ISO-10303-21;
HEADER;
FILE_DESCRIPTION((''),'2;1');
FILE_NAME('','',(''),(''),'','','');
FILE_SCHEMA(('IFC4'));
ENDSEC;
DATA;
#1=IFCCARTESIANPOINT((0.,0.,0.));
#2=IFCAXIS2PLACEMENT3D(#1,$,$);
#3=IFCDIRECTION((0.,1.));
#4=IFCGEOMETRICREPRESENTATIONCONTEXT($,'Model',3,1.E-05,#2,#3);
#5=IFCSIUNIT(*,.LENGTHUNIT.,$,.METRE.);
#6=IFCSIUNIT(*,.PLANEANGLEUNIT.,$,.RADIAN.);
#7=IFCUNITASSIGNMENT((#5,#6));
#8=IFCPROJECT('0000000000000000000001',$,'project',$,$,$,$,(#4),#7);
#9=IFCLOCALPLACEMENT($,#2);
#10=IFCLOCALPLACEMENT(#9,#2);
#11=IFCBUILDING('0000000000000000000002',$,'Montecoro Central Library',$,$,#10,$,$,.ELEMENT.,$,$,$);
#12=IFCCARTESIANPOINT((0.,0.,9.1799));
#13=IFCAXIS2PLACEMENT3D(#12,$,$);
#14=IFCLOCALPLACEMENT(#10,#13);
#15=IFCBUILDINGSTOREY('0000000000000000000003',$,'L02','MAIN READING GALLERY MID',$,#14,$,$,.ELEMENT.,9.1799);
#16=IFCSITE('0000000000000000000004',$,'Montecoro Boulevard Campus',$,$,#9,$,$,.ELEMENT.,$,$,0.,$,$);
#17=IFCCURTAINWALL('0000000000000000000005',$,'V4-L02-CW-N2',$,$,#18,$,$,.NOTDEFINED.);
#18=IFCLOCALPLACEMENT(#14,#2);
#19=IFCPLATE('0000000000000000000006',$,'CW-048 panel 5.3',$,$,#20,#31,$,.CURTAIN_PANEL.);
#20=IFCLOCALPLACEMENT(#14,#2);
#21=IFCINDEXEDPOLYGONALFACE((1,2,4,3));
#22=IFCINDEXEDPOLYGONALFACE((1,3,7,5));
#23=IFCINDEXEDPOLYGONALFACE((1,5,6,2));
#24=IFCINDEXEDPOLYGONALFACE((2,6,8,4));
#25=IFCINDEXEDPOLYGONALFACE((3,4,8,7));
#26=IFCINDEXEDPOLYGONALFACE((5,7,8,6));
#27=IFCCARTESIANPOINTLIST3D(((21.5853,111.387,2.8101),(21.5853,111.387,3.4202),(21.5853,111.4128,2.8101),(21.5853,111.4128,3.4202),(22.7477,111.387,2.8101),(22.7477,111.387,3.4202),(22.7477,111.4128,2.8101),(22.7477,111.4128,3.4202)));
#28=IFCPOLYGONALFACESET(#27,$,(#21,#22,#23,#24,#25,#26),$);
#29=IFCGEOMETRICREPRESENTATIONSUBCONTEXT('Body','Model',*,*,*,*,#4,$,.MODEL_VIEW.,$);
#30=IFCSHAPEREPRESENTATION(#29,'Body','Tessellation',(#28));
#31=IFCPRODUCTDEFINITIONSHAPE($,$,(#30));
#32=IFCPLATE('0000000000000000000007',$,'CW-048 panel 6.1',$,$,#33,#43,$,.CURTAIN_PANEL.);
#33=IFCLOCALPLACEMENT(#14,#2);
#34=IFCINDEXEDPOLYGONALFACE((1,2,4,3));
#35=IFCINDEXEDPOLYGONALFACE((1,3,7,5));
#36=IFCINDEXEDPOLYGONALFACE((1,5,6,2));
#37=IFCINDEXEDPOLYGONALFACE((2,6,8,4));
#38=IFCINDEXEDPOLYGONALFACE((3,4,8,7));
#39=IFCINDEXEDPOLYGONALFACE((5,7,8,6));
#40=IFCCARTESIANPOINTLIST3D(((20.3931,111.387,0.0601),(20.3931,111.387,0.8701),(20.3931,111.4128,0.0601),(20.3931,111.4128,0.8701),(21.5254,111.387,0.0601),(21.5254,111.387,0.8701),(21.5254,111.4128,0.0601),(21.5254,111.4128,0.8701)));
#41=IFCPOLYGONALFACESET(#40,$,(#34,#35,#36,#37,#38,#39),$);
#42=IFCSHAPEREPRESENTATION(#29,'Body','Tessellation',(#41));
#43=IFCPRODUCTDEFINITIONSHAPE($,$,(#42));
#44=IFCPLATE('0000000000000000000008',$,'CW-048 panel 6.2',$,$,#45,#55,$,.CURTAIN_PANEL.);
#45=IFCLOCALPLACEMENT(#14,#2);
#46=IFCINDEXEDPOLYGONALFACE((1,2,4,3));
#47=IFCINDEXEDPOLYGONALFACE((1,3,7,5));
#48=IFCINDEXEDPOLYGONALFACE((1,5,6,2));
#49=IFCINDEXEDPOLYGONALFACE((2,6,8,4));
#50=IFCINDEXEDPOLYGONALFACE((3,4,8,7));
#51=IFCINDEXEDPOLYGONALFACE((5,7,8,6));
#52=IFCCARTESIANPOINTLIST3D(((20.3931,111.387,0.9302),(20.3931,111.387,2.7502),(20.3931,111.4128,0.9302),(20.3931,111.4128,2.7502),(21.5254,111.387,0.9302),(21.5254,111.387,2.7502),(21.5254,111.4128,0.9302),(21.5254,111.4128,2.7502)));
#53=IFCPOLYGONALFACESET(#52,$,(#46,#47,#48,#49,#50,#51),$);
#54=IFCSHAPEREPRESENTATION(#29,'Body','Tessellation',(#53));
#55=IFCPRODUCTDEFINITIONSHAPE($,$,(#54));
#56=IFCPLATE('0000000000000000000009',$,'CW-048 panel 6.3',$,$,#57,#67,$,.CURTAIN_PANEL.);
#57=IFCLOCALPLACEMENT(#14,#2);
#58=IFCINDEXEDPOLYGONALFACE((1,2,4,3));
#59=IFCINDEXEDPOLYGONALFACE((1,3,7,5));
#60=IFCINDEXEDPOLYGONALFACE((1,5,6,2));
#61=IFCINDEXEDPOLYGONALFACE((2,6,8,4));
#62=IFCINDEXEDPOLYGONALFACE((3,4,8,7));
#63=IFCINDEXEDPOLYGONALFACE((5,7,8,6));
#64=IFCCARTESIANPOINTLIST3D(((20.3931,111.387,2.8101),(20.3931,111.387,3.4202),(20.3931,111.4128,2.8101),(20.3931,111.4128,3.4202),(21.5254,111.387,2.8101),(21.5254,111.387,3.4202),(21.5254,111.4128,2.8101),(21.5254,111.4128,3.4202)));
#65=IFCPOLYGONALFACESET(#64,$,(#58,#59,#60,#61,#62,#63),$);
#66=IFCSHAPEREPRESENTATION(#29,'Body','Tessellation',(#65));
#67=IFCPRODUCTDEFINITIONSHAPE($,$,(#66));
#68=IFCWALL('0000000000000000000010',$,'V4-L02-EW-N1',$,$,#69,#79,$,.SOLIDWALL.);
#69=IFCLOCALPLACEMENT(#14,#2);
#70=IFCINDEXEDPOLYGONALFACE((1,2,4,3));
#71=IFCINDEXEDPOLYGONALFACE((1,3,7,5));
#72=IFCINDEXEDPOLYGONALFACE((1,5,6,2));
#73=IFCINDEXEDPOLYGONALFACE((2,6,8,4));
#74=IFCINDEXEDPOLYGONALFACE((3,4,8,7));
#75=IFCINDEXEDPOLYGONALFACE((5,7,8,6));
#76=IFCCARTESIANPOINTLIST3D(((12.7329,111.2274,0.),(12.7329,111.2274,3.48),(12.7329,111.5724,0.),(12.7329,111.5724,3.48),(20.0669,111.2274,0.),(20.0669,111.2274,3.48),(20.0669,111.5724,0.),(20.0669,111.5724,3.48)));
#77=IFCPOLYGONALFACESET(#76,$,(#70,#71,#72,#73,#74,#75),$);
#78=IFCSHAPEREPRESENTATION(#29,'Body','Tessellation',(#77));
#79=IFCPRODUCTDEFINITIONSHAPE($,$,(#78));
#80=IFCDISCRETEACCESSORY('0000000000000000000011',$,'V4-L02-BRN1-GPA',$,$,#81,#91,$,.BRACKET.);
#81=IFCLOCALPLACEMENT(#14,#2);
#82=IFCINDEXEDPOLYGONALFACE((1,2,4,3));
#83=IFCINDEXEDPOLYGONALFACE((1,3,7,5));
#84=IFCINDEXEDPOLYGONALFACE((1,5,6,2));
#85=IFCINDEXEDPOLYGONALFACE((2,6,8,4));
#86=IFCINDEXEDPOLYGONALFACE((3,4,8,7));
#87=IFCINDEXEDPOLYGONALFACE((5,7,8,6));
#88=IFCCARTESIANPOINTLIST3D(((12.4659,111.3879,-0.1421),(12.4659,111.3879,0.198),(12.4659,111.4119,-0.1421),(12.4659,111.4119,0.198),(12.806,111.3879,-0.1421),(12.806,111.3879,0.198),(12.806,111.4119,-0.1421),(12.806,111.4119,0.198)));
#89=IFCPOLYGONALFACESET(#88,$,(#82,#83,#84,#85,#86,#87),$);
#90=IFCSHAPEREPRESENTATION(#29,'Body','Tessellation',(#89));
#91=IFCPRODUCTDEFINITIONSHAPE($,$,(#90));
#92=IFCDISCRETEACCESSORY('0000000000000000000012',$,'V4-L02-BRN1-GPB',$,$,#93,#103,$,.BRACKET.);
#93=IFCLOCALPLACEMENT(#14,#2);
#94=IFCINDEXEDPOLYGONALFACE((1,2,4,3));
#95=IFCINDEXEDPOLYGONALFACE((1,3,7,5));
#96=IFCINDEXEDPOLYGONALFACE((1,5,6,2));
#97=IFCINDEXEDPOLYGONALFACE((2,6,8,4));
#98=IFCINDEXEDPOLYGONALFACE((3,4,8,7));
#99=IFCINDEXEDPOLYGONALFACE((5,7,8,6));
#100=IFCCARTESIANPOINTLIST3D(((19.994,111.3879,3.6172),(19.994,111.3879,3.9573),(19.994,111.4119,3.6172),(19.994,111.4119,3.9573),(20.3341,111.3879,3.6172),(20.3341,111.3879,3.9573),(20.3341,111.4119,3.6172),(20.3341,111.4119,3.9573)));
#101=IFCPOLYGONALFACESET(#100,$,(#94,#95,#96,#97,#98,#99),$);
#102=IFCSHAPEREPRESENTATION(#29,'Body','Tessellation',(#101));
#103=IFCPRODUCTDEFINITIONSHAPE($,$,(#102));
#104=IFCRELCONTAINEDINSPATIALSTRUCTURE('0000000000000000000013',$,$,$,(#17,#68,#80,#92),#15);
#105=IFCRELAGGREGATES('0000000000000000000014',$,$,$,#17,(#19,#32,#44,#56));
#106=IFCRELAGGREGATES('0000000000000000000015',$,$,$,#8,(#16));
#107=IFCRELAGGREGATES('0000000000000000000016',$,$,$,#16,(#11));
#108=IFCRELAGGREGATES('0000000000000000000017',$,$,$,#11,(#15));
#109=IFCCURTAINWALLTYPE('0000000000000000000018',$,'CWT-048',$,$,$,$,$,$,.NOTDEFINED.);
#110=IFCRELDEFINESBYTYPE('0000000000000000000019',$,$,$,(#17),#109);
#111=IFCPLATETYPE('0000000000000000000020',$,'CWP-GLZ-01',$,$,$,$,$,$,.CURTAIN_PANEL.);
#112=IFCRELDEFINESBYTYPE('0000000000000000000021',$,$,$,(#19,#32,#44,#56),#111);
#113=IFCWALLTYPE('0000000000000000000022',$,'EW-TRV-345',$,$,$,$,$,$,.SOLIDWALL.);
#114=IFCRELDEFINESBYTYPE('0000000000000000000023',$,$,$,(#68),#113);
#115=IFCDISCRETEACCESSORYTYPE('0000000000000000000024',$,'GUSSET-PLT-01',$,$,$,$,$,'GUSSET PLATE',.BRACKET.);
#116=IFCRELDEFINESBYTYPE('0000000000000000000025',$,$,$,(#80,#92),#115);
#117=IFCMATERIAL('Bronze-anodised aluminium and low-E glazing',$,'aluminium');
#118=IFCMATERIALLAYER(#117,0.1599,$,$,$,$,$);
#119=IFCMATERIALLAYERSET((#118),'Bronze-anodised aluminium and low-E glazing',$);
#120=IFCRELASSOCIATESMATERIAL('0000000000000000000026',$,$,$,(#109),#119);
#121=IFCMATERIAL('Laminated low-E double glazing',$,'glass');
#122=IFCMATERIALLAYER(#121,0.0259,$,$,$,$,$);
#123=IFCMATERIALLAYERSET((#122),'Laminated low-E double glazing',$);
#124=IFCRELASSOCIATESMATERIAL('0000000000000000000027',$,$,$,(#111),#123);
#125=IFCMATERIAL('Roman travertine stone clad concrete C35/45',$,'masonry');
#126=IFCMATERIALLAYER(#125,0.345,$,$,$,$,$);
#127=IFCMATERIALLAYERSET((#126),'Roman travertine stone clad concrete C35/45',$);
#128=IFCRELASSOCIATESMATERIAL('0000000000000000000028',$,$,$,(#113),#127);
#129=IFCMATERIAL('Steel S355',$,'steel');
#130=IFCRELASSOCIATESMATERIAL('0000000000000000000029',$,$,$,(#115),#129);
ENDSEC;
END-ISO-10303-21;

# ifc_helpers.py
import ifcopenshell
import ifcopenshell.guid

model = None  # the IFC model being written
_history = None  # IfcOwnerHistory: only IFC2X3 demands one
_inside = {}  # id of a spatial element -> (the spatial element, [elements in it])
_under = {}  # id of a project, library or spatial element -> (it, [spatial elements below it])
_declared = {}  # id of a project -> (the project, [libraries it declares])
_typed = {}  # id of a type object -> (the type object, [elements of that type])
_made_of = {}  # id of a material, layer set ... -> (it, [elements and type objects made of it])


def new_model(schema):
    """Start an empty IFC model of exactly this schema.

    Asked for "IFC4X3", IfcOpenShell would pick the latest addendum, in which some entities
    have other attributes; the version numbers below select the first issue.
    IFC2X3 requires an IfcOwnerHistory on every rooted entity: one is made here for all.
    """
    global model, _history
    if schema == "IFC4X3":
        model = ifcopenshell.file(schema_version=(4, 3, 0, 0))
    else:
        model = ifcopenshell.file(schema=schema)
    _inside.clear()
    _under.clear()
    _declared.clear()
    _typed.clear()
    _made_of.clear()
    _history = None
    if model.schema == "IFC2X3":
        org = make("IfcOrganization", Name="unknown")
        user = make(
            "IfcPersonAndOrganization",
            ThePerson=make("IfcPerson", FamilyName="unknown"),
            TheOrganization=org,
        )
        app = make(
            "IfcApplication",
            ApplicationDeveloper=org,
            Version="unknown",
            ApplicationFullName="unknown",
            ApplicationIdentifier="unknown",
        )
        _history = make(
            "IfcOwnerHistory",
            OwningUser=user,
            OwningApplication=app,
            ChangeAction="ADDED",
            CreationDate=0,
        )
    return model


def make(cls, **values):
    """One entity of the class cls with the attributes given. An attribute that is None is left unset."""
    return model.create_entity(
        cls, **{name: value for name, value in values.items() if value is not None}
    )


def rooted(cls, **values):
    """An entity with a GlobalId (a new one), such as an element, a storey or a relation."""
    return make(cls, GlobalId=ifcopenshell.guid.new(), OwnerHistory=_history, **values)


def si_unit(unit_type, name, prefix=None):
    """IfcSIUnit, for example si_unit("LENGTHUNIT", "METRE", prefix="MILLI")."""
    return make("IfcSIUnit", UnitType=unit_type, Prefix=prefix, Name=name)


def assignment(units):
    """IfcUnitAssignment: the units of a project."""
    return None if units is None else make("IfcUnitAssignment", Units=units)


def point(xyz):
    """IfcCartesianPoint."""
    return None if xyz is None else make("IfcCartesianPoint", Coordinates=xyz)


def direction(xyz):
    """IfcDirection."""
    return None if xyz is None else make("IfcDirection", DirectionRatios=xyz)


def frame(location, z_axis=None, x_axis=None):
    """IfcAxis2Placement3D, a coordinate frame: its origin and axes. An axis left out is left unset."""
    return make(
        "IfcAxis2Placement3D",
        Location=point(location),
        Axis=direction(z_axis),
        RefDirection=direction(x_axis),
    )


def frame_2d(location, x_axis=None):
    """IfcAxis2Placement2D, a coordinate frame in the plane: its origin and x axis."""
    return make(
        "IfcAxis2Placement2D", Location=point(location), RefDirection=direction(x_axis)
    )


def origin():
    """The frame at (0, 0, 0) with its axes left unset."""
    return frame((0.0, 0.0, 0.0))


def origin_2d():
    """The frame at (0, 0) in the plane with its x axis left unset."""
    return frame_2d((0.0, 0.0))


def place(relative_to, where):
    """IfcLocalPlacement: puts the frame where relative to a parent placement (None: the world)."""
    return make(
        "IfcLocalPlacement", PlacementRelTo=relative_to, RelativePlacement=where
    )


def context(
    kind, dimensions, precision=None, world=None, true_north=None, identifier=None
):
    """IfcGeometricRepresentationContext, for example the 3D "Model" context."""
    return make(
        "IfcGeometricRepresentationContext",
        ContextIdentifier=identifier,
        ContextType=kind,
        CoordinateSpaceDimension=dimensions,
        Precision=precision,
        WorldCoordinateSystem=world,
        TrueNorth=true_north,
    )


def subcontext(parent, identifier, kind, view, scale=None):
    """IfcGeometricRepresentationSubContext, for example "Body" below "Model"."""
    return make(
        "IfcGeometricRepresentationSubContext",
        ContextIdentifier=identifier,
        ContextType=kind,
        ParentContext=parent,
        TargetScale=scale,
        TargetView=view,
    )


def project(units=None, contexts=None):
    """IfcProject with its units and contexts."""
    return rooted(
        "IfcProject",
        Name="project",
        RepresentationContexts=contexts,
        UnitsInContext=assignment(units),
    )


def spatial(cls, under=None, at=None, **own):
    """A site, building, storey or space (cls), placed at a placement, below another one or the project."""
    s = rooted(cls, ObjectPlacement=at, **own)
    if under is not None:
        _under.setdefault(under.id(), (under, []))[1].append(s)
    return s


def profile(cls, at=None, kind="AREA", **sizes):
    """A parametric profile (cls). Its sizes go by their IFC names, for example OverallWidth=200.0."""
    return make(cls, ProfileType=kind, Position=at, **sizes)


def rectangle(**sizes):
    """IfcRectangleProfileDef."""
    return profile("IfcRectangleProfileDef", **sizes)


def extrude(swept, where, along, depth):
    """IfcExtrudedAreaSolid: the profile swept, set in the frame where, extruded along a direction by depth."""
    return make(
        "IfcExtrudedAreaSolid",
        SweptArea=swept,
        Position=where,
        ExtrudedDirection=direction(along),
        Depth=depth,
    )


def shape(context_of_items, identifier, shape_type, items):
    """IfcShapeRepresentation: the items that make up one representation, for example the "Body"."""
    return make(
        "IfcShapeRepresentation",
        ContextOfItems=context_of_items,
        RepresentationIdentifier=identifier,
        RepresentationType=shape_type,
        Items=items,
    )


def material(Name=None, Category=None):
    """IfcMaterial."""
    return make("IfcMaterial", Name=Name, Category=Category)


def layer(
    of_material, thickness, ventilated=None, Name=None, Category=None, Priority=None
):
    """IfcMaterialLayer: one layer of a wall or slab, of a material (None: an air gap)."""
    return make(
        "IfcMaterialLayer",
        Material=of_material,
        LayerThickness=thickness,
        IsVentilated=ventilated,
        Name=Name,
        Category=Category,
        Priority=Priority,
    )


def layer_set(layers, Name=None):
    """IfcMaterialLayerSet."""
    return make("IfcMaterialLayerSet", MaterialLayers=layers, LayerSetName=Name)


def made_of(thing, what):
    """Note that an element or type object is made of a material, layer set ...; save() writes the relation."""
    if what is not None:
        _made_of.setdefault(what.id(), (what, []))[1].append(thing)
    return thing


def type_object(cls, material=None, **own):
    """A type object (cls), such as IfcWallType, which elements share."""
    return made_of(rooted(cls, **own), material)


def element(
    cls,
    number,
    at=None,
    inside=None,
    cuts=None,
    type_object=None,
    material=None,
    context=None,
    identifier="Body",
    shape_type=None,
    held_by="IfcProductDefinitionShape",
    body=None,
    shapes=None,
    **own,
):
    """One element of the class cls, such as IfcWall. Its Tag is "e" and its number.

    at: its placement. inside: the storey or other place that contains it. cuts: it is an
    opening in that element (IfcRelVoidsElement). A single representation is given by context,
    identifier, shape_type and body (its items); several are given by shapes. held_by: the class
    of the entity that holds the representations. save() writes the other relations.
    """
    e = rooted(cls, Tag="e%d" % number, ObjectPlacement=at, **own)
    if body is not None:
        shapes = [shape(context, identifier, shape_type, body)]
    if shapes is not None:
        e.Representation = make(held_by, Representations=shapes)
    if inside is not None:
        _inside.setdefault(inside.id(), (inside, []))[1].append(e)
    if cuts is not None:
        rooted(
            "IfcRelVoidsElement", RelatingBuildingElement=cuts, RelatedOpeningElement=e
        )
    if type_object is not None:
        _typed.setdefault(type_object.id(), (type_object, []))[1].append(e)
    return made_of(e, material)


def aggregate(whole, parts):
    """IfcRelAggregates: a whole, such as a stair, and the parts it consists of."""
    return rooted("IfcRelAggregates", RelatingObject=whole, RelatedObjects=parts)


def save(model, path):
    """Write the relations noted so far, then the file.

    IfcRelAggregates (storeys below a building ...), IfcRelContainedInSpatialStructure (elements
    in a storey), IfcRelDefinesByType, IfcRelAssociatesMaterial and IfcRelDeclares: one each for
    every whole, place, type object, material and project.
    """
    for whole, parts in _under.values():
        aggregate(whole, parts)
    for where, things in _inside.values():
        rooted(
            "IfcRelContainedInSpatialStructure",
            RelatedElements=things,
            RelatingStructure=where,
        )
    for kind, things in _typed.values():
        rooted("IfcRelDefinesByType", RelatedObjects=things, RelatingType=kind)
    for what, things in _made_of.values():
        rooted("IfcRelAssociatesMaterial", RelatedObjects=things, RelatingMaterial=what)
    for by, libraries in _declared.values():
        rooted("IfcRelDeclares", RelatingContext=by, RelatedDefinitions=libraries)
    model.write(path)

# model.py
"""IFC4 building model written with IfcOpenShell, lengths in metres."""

from ifc_helpers import new_model, si_unit, direction, frame, frame_2d, origin, origin_2d, place, context, subcontext, project, spatial, rectangle, extrude, material, layer, layer_set, type_object, element, aggregate, save


model = new_model("IFC4")

# Units and contexts
model_context = context("Model", 3, precision=1e-05, world=origin(), true_north=direction((0.0, 1.0)))
body_context = subcontext(model_context, "Body", "Model", "MODEL_VIEW")
ifc_project = project(units=[si_unit("LENGTHUNIT", "METRE"), si_unit("PLANEANGLEUNIT", "RADIAN")], contexts=[model_context])

# Site, building, storey
site_placement = place(None, origin())
site = spatial("IfcSite", under=ifc_project, at=site_placement, Name="Montecoro Boulevard Campus", CompositionType="ELEMENT", RefElevation=0.0)
building_placement = place(site_placement, origin())
building = spatial("IfcBuilding", under=site, at=building_placement, Name="Montecoro Central Library", CompositionType="ELEMENT")
storey_placement = place(building_placement, frame((0.0, 0.0, 9.1799)))
storey = spatial("IfcBuildingStorey", under=building, at=storey_placement, Name="L02", Description="MAIN READING GALLERY MID", CompositionType="ELEMENT", Elevation=9.1799)

# Shared definitions
ifc_material_1 = material(Name="Steel S355", Category="steel")

# Curtain wall
ifc_material_2 = material(Name="Bronze-anodised aluminium and low-E glazing", Category="aluminium")
ifc_layer_1 = layer(ifc_material_2, 0.1599)
ifc_layer_set_1 = layer_set([ifc_layer_1], Name="Bronze-anodised aluminium and low-E glazing")
curtain_wall_type = type_object("IfcCurtainWallType", Name="CWT-048", PredefinedType="NOTDEFINED", material=ifc_layer_set_1)
curtain_wall_placement = place(storey_placement, origin())
curtain_wall = element("IfcCurtainWall", 1, at=curtain_wall_placement, inside=storey, type_object=curtain_wall_type, Name="V4-L02-CW-N2", PredefinedType="NOTDEFINED")

# Plates
ifc_material_3 = material(Name="Laminated low-E double glazing", Category="glass")
ifc_layer_2 = layer(ifc_material_3, 0.0259)
ifc_layer_set_2 = layer_set([ifc_layer_2], Name="Laminated low-E double glazing")
plate_type = type_object("IfcPlateType", Name="CWP-GLZ-01", PredefinedType="CURTAIN_PANEL", material=ifc_layer_set_2)
plate_1_placement = place(storey_placement, frame((22.1665, 111.3999, 2.8101), z_axis=(0.0, 0.0, 1.0), x_axis=(-1.0, 0.0, 0.0)))
plate_1 = element("IfcPlate", 2, at=plate_1_placement, type_object=plate_type, Name="CW-048 panel 5.3", PredefinedType="CURTAIN_PANEL", context=body_context, shape_type="SweptSolid", body=[
    extrude(rectangle(XDim=1.1624, YDim=0.0259, at=origin_2d()), origin(), (0.0, 0.0, 1.0), 0.6101),
])
plate_2_placement = place(storey_placement, frame((20.9592, 111.3999, 0.0601), z_axis=(0.0, 0.0, 1.0), x_axis=(-1.0, 0.0, 0.0)))
plate_2 = element("IfcPlate", 3, at=plate_2_placement, type_object=plate_type, Name="CW-048 panel 6.1", PredefinedType="CURTAIN_PANEL", context=body_context, shape_type="SweptSolid", body=[
    extrude(rectangle(XDim=1.1323, YDim=0.0259, at=origin_2d()), origin(), (0.0, 0.0, 1.0), 0.8101),
])
plate_3_placement = place(storey_placement, frame((20.9592, 111.3999, 0.9302), z_axis=(0.0, 0.0, 1.0), x_axis=(-1.0, 0.0, 0.0)))
plate_3 = element("IfcPlate", 4, at=plate_3_placement, type_object=plate_type, Name="CW-048 panel 6.2", PredefinedType="CURTAIN_PANEL", context=body_context, shape_type="SweptSolid", body=[
    extrude(rectangle(XDim=1.1323, YDim=0.0259, at=origin_2d()), origin(), (0.0, 0.0, 1.0), 1.8201),
])
plate_4_placement = place(storey_placement, frame((20.9592, 111.3999, 2.8101), z_axis=(0.0, 0.0, 1.0), x_axis=(-1.0, 0.0, 0.0)))
plate_4 = element("IfcPlate", 5, at=plate_4_placement, type_object=plate_type, Name="CW-048 panel 6.3", PredefinedType="CURTAIN_PANEL", context=body_context, shape_type="SweptSolid", body=[
    extrude(rectangle(XDim=1.1323, YDim=0.0259, at=origin_2d()), origin(), (0.0, 0.0, 1.0), 0.6101),
])
aggregate(curtain_wall, [plate_1, plate_2, plate_3, plate_4])

# Wall
ifc_material_4 = material(Name="Roman travertine stone clad concrete C35/45", Category="masonry")
ifc_layer_3 = layer(ifc_material_4, 0.345)
ifc_layer_set_3 = layer_set([ifc_layer_3], Name="Roman travertine stone clad concrete C35/45")
wall_type = type_object("IfcWallType", Name="EW-TRV-345", PredefinedType="SOLIDWALL", material=ifc_layer_set_3)
wall_placement = place(storey_placement, frame((20.0669, 111.3999, 0.0), z_axis=(0.0, 0.0, 1.0), x_axis=(-1.0, 0.0, 0.0)))
element("IfcWall", 6, at=wall_placement, inside=storey, type_object=wall_type, Name="V4-L02-EW-N1", PredefinedType="SOLIDWALL", context=body_context, shape_type="SweptSolid", body=[
    extrude(rectangle(XDim=7.334, YDim=0.345, at=frame_2d((3.667, 0.0))), origin(), (0.0, 0.0, 1.0), 3.48),
])

# Discrete accessories
discrete_accessory_type = type_object("IfcDiscreteAccessoryType", Name="GUSSET-PLT-01", ElementType="GUSSET PLATE", PredefinedType="BRACKET", material=ifc_material_1)
for number, where, z_axis, x_axis, name in (
    (7, (12.636, 111.3999, -0.1421), (0.0, 0.0, 1.0), (1.0, 0.0, 0.0), "V4-L02-BRN1-GPA"),
    (8, (20.1641, 111.3999, 3.6172), (0.0, 0.0, 1.0), (1.0, 0.0, 0.0), "V4-L02-BRN1-GPB"),
):
    element("IfcDiscreteAccessory", number, at=place(storey_placement, frame(where, z_axis=z_axis, x_axis=x_axis)), inside=storey, type_object=discrete_accessory_type, Name=name, PredefinedType="BRACKET", context=body_context, shape_type="SweptSolid", body=[
        extrude(rectangle(XDim=0.3401, YDim=0.0239, at=origin_2d()), origin(), (0.0, 0.0, 1.0), 0.3401),
    ])

save(model, "model.ifc")
